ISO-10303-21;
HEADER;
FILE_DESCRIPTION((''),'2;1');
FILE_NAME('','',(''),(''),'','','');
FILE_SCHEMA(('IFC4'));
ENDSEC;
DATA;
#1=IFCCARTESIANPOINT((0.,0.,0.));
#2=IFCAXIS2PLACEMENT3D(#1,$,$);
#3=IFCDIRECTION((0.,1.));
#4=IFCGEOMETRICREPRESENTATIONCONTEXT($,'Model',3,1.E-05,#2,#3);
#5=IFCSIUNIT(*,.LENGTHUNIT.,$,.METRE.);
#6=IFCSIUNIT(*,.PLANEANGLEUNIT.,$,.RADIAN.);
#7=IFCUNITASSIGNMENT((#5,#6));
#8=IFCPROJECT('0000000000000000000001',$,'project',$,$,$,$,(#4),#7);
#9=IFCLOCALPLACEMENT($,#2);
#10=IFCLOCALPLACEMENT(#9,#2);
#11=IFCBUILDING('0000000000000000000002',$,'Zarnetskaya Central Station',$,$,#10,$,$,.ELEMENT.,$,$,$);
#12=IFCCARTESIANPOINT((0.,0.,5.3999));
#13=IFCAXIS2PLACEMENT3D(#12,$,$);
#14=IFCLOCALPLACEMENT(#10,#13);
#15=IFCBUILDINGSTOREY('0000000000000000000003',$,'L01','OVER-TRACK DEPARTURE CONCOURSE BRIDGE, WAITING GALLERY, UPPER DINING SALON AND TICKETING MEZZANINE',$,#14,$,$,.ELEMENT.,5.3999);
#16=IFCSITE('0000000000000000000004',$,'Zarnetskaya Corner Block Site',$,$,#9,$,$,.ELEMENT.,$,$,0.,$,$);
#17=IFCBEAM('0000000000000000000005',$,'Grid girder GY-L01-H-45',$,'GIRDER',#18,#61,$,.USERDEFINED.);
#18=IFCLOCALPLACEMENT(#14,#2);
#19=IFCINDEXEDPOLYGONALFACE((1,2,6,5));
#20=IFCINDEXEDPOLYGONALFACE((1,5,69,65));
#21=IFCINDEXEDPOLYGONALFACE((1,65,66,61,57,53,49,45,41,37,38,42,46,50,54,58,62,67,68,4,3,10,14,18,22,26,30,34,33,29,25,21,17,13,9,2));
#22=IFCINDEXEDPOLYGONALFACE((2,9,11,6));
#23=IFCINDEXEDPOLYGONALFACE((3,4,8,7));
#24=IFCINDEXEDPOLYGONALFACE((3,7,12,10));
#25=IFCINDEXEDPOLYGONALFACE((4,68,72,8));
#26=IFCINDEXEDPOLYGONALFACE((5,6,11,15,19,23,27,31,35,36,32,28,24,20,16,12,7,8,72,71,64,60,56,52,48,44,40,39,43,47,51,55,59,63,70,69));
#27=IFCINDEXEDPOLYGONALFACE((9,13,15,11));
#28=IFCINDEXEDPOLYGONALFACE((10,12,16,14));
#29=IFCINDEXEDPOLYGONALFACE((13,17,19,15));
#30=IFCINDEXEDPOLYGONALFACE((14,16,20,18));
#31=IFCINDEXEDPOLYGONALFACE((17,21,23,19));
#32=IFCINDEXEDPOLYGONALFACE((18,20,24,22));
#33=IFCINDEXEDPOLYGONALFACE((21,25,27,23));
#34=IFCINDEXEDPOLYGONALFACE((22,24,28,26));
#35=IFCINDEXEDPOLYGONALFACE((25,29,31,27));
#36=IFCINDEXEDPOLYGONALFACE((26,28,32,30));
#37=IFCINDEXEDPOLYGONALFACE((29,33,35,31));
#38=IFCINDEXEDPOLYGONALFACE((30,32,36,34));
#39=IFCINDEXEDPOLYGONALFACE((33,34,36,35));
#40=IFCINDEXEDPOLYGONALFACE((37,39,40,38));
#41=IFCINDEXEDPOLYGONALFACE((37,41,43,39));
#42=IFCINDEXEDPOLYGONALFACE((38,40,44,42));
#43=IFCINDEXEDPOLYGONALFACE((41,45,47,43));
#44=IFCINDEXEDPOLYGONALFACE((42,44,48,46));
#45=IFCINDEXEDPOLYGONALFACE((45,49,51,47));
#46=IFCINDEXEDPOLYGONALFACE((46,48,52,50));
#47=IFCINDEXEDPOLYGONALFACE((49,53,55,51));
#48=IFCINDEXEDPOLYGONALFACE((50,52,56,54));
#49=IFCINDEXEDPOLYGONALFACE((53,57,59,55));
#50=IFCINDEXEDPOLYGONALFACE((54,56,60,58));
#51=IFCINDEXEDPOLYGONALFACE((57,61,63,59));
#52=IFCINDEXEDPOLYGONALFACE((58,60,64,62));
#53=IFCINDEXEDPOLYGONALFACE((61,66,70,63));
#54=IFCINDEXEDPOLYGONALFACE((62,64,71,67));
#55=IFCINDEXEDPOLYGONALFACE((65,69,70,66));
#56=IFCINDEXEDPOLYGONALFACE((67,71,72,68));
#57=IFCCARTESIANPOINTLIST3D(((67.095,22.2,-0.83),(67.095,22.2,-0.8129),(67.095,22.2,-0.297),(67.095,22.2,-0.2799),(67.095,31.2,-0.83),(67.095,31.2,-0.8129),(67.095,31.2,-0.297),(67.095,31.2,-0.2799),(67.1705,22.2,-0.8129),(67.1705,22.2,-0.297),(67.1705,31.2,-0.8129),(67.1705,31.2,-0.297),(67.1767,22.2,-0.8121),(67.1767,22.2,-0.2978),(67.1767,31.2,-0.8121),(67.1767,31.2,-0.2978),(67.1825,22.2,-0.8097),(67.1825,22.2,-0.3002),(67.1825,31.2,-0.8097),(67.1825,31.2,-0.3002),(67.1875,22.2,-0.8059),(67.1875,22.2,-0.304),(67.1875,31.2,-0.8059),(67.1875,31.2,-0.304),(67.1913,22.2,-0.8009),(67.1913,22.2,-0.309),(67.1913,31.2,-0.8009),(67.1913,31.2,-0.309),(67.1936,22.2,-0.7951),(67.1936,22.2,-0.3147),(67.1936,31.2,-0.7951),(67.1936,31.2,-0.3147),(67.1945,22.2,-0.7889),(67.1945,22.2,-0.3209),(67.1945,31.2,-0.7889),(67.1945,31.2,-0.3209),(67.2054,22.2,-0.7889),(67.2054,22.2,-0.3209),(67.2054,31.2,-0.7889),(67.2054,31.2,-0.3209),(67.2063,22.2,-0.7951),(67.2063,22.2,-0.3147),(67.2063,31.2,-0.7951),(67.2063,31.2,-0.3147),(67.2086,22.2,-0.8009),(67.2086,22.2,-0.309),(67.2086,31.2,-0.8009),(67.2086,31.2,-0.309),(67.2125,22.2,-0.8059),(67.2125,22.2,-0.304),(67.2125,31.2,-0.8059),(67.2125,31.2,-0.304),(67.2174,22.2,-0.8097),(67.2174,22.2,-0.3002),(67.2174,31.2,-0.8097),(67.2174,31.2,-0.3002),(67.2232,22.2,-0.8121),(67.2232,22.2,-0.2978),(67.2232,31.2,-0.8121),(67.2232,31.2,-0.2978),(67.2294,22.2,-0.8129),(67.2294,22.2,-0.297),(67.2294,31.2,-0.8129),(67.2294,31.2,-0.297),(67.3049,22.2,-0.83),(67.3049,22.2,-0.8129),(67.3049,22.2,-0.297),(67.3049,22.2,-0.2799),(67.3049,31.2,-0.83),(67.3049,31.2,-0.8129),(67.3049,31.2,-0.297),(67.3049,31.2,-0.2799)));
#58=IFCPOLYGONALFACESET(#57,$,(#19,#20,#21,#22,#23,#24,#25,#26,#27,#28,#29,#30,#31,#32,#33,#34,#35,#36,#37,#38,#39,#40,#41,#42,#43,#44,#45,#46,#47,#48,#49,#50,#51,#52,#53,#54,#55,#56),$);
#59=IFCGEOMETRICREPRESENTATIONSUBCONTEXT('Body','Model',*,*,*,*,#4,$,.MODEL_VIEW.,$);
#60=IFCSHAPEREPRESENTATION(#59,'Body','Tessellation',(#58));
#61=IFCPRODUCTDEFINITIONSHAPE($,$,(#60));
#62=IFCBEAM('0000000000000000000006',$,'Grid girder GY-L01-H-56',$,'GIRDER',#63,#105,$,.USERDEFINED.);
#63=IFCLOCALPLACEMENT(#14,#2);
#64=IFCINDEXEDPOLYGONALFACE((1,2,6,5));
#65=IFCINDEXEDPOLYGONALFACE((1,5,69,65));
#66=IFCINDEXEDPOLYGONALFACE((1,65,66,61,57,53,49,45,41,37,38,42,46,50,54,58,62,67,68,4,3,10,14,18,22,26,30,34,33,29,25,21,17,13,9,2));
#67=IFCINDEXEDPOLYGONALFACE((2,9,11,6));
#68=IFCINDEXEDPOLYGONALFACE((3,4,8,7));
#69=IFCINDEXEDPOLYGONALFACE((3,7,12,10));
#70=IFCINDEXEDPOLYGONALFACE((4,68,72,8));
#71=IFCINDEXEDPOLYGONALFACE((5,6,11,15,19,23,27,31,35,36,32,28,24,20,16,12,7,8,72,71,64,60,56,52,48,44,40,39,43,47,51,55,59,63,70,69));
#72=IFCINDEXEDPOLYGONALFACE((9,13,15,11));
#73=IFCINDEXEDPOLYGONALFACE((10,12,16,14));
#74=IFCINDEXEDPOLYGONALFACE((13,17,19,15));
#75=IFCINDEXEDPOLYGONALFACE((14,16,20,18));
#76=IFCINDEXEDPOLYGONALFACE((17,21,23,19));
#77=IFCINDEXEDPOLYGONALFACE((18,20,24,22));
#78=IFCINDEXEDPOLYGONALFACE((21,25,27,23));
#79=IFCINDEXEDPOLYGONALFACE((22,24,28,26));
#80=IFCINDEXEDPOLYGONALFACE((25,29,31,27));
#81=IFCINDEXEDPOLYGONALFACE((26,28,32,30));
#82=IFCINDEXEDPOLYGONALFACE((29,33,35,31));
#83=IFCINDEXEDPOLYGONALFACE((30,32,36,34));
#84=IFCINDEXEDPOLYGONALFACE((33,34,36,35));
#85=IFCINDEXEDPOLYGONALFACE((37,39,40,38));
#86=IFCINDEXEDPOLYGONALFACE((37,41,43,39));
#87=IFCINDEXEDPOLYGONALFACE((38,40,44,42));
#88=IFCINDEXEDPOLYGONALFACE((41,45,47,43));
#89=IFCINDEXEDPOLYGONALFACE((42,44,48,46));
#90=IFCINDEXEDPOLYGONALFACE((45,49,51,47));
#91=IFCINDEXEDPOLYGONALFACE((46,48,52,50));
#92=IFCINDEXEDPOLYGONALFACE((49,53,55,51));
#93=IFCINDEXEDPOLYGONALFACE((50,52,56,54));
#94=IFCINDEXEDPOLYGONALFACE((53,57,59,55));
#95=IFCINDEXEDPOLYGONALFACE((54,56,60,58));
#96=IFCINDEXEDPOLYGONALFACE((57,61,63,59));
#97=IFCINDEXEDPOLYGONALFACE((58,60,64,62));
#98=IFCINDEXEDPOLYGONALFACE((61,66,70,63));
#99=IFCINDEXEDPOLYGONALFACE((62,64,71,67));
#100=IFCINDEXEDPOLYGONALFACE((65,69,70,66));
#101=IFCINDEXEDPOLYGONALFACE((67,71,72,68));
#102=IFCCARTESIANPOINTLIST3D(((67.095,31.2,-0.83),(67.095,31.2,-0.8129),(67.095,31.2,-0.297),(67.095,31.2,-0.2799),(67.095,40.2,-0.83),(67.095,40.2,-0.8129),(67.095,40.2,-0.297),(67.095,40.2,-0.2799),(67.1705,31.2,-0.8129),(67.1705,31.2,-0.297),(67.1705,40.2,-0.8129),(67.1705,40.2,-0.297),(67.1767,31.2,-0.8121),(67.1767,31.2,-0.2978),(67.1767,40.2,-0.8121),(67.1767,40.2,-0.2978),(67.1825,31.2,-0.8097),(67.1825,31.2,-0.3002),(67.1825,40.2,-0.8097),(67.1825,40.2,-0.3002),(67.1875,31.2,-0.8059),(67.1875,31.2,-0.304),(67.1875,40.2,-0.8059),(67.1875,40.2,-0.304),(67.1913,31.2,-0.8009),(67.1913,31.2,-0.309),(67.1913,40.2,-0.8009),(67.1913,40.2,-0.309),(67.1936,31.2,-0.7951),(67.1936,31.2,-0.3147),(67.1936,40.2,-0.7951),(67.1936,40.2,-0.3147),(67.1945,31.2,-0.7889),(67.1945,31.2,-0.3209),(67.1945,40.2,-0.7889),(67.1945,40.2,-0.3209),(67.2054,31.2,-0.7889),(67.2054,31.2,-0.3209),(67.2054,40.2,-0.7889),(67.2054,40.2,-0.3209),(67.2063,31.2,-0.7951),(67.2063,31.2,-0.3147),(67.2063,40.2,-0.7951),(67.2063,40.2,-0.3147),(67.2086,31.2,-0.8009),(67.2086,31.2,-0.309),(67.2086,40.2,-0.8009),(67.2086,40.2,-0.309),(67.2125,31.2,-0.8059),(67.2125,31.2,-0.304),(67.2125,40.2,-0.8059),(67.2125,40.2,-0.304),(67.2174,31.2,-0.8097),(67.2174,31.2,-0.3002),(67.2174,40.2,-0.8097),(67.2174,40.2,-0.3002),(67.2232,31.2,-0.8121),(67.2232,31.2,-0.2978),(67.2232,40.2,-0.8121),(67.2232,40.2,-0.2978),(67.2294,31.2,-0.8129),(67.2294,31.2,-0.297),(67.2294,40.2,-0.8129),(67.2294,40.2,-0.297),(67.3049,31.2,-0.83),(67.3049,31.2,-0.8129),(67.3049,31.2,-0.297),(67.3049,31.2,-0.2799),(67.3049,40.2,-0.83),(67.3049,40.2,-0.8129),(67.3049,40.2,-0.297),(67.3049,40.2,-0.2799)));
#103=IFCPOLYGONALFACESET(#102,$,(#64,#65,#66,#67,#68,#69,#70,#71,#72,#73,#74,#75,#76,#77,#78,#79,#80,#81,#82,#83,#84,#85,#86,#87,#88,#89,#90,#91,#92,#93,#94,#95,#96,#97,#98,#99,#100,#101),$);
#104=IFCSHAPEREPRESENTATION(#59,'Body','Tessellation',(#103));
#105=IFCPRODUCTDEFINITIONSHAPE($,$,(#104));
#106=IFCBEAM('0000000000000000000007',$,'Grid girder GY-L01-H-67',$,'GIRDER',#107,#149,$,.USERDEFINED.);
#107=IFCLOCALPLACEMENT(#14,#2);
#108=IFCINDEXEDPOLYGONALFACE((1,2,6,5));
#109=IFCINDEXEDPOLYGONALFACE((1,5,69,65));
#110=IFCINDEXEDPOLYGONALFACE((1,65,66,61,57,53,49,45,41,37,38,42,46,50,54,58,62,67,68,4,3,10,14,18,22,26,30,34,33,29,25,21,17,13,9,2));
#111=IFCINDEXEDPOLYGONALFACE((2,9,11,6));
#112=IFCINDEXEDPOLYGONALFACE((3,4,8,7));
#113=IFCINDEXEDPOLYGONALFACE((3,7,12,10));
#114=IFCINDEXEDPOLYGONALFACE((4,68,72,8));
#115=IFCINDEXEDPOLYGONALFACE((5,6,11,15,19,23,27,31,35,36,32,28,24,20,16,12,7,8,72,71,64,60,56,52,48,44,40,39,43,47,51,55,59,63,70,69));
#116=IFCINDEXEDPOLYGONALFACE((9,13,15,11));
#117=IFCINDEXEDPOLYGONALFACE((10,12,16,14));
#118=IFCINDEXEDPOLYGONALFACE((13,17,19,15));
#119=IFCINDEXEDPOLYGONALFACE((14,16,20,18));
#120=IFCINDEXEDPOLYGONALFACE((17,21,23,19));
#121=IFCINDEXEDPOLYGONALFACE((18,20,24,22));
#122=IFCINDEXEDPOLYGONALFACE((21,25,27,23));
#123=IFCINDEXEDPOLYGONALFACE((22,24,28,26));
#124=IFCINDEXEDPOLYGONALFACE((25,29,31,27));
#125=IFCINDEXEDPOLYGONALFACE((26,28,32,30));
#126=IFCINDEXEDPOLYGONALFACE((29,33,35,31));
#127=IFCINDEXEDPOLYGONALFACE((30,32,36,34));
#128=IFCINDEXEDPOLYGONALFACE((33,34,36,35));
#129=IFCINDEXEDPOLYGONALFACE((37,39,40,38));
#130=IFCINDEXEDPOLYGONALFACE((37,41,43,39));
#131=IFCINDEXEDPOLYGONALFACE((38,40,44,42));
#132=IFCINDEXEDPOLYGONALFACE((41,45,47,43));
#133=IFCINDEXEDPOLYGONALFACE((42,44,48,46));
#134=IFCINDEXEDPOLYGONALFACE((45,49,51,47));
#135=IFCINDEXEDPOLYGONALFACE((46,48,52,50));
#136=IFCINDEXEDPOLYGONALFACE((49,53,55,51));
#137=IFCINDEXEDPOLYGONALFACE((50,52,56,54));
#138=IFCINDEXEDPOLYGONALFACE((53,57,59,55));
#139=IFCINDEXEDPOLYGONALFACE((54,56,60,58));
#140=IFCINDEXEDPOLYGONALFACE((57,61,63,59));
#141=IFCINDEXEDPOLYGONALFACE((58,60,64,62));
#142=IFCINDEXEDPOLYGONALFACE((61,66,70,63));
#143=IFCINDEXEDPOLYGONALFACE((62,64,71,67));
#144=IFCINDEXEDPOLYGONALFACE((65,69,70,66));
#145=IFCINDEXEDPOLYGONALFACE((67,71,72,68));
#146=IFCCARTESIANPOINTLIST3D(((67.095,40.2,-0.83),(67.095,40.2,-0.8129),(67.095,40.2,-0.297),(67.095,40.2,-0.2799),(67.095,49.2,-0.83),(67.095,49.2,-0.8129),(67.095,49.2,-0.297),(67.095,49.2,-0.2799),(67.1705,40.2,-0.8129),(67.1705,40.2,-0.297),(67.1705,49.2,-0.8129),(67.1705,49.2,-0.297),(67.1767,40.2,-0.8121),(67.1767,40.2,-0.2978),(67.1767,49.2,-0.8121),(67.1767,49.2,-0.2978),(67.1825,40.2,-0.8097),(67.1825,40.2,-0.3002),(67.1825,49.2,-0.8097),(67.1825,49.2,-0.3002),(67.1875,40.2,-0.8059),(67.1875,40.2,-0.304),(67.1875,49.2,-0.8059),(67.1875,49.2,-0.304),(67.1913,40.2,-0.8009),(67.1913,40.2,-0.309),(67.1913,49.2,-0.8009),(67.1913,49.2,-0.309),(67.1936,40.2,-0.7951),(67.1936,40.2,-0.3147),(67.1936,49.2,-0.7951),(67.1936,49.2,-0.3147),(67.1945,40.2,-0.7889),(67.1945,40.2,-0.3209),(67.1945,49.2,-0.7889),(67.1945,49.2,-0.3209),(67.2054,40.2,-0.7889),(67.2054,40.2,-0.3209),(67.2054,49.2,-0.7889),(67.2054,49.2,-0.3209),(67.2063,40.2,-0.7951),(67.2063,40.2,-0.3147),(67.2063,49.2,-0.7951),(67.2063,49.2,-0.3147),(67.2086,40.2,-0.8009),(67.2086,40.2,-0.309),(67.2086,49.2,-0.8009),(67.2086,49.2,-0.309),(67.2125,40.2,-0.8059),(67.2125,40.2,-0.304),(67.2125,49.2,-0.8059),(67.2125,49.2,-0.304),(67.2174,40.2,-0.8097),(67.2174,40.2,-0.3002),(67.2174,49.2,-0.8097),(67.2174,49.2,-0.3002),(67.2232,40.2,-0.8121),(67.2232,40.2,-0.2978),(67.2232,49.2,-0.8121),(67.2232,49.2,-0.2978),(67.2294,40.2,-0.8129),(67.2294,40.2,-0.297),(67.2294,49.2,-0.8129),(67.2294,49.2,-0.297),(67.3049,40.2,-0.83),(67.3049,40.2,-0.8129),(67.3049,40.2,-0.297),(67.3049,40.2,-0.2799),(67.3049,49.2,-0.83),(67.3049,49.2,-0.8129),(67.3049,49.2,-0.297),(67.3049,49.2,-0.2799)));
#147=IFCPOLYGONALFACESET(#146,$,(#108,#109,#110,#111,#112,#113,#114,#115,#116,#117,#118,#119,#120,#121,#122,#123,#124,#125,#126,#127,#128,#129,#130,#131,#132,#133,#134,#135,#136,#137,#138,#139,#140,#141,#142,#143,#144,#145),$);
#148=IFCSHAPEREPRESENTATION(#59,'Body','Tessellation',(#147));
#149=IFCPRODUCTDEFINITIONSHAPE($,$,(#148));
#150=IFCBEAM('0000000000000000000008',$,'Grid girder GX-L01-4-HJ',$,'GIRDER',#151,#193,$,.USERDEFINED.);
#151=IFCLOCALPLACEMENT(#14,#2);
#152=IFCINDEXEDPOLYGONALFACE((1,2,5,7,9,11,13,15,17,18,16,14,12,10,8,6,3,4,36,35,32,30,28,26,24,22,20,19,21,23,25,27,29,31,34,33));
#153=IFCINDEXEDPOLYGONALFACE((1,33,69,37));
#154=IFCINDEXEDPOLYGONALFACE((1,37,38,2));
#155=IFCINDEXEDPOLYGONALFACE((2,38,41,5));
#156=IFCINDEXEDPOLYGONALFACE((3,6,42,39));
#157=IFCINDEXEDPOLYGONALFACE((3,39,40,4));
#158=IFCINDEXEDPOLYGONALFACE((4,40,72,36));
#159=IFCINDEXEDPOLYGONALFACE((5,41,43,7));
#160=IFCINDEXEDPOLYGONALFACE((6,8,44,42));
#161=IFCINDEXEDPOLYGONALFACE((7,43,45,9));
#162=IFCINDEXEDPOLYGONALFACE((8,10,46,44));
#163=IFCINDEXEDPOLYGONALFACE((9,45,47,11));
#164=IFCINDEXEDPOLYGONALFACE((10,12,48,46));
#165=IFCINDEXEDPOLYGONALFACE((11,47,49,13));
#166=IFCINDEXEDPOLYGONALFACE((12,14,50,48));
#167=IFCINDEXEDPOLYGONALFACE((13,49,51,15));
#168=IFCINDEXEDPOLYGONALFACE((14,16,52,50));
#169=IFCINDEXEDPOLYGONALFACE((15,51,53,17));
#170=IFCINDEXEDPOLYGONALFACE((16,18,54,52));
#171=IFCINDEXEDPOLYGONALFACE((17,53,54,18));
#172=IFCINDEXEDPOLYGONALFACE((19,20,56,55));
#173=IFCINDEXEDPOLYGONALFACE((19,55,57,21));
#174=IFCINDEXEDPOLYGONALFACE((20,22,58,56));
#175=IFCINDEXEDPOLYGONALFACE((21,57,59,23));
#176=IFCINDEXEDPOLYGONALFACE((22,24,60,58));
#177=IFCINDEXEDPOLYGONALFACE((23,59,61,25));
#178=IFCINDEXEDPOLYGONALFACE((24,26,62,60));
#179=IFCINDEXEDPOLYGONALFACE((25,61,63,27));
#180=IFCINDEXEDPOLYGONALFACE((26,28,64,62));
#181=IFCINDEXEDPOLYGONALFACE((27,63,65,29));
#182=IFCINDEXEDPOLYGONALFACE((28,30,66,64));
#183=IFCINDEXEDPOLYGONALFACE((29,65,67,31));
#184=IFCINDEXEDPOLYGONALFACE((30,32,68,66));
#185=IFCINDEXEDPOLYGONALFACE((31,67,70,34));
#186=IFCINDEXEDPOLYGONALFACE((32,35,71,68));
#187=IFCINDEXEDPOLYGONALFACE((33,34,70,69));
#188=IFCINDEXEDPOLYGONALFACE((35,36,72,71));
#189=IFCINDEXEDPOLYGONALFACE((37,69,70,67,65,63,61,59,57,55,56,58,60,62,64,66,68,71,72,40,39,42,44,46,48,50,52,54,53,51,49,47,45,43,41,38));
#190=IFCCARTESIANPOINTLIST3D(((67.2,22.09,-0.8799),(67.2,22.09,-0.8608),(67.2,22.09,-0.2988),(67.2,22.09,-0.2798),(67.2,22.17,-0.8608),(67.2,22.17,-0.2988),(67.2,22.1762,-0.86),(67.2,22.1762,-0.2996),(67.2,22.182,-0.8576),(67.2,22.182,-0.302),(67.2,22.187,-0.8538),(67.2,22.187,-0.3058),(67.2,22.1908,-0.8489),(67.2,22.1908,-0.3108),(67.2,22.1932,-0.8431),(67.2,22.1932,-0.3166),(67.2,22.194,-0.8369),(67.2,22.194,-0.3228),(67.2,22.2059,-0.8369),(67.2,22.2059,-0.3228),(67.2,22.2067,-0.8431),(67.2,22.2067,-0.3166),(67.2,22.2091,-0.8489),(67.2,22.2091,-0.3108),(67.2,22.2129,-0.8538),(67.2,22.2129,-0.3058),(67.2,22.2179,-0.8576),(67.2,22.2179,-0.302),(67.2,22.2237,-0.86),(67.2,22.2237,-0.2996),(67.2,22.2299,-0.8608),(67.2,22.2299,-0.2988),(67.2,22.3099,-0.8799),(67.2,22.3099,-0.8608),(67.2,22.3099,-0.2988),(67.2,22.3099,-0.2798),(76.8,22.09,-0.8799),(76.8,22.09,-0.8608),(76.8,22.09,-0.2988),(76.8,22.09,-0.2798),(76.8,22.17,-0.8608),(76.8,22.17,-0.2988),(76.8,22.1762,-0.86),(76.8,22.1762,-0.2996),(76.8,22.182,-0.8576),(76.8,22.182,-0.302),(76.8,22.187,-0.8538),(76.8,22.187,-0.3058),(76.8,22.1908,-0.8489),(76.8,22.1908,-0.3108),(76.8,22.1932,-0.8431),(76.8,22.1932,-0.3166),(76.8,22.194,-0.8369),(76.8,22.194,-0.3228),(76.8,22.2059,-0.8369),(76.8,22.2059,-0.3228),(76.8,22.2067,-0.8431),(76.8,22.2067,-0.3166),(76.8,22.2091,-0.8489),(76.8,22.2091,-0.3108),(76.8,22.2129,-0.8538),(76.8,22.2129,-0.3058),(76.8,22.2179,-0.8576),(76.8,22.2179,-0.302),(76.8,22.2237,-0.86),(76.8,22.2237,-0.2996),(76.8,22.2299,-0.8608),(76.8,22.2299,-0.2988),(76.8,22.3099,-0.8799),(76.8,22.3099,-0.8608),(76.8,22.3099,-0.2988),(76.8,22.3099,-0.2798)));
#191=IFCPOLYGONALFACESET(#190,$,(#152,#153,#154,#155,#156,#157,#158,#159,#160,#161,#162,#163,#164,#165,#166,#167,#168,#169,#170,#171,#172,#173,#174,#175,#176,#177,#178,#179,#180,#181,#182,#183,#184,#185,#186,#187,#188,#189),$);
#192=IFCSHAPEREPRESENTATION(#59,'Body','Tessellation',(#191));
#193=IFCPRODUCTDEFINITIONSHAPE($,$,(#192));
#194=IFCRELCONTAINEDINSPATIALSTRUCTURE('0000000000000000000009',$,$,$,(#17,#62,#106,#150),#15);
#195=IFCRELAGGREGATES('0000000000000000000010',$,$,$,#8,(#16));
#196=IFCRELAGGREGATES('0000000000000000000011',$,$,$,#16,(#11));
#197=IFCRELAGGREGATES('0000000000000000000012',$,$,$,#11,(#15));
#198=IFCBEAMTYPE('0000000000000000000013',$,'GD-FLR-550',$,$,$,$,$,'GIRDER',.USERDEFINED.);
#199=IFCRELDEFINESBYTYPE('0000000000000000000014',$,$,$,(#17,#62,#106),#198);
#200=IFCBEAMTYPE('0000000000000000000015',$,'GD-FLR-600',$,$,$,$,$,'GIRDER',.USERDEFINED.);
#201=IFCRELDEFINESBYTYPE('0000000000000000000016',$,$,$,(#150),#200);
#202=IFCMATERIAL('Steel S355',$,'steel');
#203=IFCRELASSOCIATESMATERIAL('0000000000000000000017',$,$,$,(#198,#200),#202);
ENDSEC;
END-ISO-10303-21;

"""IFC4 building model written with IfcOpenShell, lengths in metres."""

from ifc_helpers import new_model, si_unit, direction, frame, origin, origin_2d, place, context, subcontext, project, spatial, i_section, extrude, material, material_profile, profile_set, type_object, element, save


model = new_model("IFC4")

# Units and contexts
model_context = context("Model", 3, precision=1e-05, world=origin(), true_north=direction((0.0, 1.0)))
body_context = subcontext(model_context, "Body", "Model", "MODEL_VIEW")
ifc_project = project(units=[si_unit("LENGTHUNIT", "METRE"), si_unit("PLANEANGLEUNIT", "RADIAN")], contexts=[model_context])

# Site, building, storey
site_placement = place(None, origin())
site = spatial("IfcSite", under=ifc_project, at=site_placement, Name="Zarnetskaya Corner Block Site", CompositionType="ELEMENT", RefElevation=0.0)
building_placement = place(site_placement, origin())
building = spatial("IfcBuilding", under=site, at=building_placement, Name="Zarnetskaya Central Station", CompositionType="ELEMENT")
storey_placement = place(building_placement, frame((0.0, 0.0, 5.3999)))
storey = spatial("IfcBuildingStorey", under=building, at=storey_placement, Name="L01", Description="OVER-TRACK DEPARTURE CONCOURSE BRIDGE, WAITING GALLERY, UPPER DINING SALON AND TICKETING MEZZANINE", CompositionType="ELEMENT", Elevation=5.3999)

# Shared definitions
ifc_material_1 = material(Name="Steel S355", Category="steel")

# Beams
ifc_material_profile_1 = material_profile(ifc_material_1, i_section(OverallWidth=0.21, OverallDepth=0.55, WebThickness=0.011, FlangeThickness=0.0171, FilletRadius=0.0239, at=origin_2d()), Name="IPE 550")
ifc_profile_set_1 = profile_set([ifc_material_profile_1], Name="Steel S355")
beam_type_1 = type_object("IfcBeamType", Name="GD-FLR-550", ElementType="GIRDER", PredefinedType="USERDEFINED", material=ifc_profile_set_1)
for number, where, z_axis, x_axis, name in (
    (1, (67.2, 22.2, -0.5549), (0.0, 1.0, 0.0), (-1.0, 0.0, 0.0), "Grid girder GY-L01-H-45"),
    (2, (67.2, 31.2, -0.5549), (0.0, 1.0, 0.0), (-1.0, 0.0, 0.0), "Grid girder GY-L01-H-56"),
    (3, (67.2, 40.2, -0.5549), (0.0, 1.0, 0.0), (-1.0, 0.0, 0.0), "Grid girder GY-L01-H-67"),
):
    element("IfcBeam", number, at=place(storey_placement, frame(where, z_axis=z_axis, x_axis=x_axis)), inside=storey, type_object=beam_type_1, Name=name, ObjectType="GIRDER", PredefinedType="USERDEFINED", context=body_context, shape_type="SweptSolid", body=[
        extrude(i_section(OverallWidth=0.21, OverallDepth=0.55, WebThickness=0.011, FlangeThickness=0.0171, FilletRadius=0.0239, at=origin_2d()), origin(), (0.0, 0.0, 1.0), 9.0),
    ])
ifc_material_profile_2 = material_profile(ifc_material_1, i_section(OverallWidth=0.22, OverallDepth=0.6001, WebThickness=0.012, FlangeThickness=0.019, FilletRadius=0.0239, at=origin_2d()), Name="IPE 600")
ifc_profile_set_2 = profile_set([ifc_material_profile_2], Name="Steel S355")
beam_type_2 = type_object("IfcBeamType", Name="GD-FLR-600", ElementType="GIRDER", PredefinedType="USERDEFINED", material=ifc_profile_set_2)
beam_1_placement = place(storey_placement, frame((67.2, 22.2, -0.5798), z_axis=(1.0, 0.0, 0.0), x_axis=(0.0, 1.0, 0.0)))
element("IfcBeam", 4, at=beam_1_placement, inside=storey, type_object=beam_type_2, Name="Grid girder GX-L01-4-HJ", ObjectType="GIRDER", PredefinedType="USERDEFINED", context=body_context, shape_type="SweptSolid", body=[
    extrude(i_section(OverallWidth=0.22, OverallDepth=0.6001, WebThickness=0.012, FlangeThickness=0.019, FilletRadius=0.0239, at=origin_2d()), origin(), (0.0, 0.0, 1.0), 9.6001),
])

save(model, "model.ifc")
